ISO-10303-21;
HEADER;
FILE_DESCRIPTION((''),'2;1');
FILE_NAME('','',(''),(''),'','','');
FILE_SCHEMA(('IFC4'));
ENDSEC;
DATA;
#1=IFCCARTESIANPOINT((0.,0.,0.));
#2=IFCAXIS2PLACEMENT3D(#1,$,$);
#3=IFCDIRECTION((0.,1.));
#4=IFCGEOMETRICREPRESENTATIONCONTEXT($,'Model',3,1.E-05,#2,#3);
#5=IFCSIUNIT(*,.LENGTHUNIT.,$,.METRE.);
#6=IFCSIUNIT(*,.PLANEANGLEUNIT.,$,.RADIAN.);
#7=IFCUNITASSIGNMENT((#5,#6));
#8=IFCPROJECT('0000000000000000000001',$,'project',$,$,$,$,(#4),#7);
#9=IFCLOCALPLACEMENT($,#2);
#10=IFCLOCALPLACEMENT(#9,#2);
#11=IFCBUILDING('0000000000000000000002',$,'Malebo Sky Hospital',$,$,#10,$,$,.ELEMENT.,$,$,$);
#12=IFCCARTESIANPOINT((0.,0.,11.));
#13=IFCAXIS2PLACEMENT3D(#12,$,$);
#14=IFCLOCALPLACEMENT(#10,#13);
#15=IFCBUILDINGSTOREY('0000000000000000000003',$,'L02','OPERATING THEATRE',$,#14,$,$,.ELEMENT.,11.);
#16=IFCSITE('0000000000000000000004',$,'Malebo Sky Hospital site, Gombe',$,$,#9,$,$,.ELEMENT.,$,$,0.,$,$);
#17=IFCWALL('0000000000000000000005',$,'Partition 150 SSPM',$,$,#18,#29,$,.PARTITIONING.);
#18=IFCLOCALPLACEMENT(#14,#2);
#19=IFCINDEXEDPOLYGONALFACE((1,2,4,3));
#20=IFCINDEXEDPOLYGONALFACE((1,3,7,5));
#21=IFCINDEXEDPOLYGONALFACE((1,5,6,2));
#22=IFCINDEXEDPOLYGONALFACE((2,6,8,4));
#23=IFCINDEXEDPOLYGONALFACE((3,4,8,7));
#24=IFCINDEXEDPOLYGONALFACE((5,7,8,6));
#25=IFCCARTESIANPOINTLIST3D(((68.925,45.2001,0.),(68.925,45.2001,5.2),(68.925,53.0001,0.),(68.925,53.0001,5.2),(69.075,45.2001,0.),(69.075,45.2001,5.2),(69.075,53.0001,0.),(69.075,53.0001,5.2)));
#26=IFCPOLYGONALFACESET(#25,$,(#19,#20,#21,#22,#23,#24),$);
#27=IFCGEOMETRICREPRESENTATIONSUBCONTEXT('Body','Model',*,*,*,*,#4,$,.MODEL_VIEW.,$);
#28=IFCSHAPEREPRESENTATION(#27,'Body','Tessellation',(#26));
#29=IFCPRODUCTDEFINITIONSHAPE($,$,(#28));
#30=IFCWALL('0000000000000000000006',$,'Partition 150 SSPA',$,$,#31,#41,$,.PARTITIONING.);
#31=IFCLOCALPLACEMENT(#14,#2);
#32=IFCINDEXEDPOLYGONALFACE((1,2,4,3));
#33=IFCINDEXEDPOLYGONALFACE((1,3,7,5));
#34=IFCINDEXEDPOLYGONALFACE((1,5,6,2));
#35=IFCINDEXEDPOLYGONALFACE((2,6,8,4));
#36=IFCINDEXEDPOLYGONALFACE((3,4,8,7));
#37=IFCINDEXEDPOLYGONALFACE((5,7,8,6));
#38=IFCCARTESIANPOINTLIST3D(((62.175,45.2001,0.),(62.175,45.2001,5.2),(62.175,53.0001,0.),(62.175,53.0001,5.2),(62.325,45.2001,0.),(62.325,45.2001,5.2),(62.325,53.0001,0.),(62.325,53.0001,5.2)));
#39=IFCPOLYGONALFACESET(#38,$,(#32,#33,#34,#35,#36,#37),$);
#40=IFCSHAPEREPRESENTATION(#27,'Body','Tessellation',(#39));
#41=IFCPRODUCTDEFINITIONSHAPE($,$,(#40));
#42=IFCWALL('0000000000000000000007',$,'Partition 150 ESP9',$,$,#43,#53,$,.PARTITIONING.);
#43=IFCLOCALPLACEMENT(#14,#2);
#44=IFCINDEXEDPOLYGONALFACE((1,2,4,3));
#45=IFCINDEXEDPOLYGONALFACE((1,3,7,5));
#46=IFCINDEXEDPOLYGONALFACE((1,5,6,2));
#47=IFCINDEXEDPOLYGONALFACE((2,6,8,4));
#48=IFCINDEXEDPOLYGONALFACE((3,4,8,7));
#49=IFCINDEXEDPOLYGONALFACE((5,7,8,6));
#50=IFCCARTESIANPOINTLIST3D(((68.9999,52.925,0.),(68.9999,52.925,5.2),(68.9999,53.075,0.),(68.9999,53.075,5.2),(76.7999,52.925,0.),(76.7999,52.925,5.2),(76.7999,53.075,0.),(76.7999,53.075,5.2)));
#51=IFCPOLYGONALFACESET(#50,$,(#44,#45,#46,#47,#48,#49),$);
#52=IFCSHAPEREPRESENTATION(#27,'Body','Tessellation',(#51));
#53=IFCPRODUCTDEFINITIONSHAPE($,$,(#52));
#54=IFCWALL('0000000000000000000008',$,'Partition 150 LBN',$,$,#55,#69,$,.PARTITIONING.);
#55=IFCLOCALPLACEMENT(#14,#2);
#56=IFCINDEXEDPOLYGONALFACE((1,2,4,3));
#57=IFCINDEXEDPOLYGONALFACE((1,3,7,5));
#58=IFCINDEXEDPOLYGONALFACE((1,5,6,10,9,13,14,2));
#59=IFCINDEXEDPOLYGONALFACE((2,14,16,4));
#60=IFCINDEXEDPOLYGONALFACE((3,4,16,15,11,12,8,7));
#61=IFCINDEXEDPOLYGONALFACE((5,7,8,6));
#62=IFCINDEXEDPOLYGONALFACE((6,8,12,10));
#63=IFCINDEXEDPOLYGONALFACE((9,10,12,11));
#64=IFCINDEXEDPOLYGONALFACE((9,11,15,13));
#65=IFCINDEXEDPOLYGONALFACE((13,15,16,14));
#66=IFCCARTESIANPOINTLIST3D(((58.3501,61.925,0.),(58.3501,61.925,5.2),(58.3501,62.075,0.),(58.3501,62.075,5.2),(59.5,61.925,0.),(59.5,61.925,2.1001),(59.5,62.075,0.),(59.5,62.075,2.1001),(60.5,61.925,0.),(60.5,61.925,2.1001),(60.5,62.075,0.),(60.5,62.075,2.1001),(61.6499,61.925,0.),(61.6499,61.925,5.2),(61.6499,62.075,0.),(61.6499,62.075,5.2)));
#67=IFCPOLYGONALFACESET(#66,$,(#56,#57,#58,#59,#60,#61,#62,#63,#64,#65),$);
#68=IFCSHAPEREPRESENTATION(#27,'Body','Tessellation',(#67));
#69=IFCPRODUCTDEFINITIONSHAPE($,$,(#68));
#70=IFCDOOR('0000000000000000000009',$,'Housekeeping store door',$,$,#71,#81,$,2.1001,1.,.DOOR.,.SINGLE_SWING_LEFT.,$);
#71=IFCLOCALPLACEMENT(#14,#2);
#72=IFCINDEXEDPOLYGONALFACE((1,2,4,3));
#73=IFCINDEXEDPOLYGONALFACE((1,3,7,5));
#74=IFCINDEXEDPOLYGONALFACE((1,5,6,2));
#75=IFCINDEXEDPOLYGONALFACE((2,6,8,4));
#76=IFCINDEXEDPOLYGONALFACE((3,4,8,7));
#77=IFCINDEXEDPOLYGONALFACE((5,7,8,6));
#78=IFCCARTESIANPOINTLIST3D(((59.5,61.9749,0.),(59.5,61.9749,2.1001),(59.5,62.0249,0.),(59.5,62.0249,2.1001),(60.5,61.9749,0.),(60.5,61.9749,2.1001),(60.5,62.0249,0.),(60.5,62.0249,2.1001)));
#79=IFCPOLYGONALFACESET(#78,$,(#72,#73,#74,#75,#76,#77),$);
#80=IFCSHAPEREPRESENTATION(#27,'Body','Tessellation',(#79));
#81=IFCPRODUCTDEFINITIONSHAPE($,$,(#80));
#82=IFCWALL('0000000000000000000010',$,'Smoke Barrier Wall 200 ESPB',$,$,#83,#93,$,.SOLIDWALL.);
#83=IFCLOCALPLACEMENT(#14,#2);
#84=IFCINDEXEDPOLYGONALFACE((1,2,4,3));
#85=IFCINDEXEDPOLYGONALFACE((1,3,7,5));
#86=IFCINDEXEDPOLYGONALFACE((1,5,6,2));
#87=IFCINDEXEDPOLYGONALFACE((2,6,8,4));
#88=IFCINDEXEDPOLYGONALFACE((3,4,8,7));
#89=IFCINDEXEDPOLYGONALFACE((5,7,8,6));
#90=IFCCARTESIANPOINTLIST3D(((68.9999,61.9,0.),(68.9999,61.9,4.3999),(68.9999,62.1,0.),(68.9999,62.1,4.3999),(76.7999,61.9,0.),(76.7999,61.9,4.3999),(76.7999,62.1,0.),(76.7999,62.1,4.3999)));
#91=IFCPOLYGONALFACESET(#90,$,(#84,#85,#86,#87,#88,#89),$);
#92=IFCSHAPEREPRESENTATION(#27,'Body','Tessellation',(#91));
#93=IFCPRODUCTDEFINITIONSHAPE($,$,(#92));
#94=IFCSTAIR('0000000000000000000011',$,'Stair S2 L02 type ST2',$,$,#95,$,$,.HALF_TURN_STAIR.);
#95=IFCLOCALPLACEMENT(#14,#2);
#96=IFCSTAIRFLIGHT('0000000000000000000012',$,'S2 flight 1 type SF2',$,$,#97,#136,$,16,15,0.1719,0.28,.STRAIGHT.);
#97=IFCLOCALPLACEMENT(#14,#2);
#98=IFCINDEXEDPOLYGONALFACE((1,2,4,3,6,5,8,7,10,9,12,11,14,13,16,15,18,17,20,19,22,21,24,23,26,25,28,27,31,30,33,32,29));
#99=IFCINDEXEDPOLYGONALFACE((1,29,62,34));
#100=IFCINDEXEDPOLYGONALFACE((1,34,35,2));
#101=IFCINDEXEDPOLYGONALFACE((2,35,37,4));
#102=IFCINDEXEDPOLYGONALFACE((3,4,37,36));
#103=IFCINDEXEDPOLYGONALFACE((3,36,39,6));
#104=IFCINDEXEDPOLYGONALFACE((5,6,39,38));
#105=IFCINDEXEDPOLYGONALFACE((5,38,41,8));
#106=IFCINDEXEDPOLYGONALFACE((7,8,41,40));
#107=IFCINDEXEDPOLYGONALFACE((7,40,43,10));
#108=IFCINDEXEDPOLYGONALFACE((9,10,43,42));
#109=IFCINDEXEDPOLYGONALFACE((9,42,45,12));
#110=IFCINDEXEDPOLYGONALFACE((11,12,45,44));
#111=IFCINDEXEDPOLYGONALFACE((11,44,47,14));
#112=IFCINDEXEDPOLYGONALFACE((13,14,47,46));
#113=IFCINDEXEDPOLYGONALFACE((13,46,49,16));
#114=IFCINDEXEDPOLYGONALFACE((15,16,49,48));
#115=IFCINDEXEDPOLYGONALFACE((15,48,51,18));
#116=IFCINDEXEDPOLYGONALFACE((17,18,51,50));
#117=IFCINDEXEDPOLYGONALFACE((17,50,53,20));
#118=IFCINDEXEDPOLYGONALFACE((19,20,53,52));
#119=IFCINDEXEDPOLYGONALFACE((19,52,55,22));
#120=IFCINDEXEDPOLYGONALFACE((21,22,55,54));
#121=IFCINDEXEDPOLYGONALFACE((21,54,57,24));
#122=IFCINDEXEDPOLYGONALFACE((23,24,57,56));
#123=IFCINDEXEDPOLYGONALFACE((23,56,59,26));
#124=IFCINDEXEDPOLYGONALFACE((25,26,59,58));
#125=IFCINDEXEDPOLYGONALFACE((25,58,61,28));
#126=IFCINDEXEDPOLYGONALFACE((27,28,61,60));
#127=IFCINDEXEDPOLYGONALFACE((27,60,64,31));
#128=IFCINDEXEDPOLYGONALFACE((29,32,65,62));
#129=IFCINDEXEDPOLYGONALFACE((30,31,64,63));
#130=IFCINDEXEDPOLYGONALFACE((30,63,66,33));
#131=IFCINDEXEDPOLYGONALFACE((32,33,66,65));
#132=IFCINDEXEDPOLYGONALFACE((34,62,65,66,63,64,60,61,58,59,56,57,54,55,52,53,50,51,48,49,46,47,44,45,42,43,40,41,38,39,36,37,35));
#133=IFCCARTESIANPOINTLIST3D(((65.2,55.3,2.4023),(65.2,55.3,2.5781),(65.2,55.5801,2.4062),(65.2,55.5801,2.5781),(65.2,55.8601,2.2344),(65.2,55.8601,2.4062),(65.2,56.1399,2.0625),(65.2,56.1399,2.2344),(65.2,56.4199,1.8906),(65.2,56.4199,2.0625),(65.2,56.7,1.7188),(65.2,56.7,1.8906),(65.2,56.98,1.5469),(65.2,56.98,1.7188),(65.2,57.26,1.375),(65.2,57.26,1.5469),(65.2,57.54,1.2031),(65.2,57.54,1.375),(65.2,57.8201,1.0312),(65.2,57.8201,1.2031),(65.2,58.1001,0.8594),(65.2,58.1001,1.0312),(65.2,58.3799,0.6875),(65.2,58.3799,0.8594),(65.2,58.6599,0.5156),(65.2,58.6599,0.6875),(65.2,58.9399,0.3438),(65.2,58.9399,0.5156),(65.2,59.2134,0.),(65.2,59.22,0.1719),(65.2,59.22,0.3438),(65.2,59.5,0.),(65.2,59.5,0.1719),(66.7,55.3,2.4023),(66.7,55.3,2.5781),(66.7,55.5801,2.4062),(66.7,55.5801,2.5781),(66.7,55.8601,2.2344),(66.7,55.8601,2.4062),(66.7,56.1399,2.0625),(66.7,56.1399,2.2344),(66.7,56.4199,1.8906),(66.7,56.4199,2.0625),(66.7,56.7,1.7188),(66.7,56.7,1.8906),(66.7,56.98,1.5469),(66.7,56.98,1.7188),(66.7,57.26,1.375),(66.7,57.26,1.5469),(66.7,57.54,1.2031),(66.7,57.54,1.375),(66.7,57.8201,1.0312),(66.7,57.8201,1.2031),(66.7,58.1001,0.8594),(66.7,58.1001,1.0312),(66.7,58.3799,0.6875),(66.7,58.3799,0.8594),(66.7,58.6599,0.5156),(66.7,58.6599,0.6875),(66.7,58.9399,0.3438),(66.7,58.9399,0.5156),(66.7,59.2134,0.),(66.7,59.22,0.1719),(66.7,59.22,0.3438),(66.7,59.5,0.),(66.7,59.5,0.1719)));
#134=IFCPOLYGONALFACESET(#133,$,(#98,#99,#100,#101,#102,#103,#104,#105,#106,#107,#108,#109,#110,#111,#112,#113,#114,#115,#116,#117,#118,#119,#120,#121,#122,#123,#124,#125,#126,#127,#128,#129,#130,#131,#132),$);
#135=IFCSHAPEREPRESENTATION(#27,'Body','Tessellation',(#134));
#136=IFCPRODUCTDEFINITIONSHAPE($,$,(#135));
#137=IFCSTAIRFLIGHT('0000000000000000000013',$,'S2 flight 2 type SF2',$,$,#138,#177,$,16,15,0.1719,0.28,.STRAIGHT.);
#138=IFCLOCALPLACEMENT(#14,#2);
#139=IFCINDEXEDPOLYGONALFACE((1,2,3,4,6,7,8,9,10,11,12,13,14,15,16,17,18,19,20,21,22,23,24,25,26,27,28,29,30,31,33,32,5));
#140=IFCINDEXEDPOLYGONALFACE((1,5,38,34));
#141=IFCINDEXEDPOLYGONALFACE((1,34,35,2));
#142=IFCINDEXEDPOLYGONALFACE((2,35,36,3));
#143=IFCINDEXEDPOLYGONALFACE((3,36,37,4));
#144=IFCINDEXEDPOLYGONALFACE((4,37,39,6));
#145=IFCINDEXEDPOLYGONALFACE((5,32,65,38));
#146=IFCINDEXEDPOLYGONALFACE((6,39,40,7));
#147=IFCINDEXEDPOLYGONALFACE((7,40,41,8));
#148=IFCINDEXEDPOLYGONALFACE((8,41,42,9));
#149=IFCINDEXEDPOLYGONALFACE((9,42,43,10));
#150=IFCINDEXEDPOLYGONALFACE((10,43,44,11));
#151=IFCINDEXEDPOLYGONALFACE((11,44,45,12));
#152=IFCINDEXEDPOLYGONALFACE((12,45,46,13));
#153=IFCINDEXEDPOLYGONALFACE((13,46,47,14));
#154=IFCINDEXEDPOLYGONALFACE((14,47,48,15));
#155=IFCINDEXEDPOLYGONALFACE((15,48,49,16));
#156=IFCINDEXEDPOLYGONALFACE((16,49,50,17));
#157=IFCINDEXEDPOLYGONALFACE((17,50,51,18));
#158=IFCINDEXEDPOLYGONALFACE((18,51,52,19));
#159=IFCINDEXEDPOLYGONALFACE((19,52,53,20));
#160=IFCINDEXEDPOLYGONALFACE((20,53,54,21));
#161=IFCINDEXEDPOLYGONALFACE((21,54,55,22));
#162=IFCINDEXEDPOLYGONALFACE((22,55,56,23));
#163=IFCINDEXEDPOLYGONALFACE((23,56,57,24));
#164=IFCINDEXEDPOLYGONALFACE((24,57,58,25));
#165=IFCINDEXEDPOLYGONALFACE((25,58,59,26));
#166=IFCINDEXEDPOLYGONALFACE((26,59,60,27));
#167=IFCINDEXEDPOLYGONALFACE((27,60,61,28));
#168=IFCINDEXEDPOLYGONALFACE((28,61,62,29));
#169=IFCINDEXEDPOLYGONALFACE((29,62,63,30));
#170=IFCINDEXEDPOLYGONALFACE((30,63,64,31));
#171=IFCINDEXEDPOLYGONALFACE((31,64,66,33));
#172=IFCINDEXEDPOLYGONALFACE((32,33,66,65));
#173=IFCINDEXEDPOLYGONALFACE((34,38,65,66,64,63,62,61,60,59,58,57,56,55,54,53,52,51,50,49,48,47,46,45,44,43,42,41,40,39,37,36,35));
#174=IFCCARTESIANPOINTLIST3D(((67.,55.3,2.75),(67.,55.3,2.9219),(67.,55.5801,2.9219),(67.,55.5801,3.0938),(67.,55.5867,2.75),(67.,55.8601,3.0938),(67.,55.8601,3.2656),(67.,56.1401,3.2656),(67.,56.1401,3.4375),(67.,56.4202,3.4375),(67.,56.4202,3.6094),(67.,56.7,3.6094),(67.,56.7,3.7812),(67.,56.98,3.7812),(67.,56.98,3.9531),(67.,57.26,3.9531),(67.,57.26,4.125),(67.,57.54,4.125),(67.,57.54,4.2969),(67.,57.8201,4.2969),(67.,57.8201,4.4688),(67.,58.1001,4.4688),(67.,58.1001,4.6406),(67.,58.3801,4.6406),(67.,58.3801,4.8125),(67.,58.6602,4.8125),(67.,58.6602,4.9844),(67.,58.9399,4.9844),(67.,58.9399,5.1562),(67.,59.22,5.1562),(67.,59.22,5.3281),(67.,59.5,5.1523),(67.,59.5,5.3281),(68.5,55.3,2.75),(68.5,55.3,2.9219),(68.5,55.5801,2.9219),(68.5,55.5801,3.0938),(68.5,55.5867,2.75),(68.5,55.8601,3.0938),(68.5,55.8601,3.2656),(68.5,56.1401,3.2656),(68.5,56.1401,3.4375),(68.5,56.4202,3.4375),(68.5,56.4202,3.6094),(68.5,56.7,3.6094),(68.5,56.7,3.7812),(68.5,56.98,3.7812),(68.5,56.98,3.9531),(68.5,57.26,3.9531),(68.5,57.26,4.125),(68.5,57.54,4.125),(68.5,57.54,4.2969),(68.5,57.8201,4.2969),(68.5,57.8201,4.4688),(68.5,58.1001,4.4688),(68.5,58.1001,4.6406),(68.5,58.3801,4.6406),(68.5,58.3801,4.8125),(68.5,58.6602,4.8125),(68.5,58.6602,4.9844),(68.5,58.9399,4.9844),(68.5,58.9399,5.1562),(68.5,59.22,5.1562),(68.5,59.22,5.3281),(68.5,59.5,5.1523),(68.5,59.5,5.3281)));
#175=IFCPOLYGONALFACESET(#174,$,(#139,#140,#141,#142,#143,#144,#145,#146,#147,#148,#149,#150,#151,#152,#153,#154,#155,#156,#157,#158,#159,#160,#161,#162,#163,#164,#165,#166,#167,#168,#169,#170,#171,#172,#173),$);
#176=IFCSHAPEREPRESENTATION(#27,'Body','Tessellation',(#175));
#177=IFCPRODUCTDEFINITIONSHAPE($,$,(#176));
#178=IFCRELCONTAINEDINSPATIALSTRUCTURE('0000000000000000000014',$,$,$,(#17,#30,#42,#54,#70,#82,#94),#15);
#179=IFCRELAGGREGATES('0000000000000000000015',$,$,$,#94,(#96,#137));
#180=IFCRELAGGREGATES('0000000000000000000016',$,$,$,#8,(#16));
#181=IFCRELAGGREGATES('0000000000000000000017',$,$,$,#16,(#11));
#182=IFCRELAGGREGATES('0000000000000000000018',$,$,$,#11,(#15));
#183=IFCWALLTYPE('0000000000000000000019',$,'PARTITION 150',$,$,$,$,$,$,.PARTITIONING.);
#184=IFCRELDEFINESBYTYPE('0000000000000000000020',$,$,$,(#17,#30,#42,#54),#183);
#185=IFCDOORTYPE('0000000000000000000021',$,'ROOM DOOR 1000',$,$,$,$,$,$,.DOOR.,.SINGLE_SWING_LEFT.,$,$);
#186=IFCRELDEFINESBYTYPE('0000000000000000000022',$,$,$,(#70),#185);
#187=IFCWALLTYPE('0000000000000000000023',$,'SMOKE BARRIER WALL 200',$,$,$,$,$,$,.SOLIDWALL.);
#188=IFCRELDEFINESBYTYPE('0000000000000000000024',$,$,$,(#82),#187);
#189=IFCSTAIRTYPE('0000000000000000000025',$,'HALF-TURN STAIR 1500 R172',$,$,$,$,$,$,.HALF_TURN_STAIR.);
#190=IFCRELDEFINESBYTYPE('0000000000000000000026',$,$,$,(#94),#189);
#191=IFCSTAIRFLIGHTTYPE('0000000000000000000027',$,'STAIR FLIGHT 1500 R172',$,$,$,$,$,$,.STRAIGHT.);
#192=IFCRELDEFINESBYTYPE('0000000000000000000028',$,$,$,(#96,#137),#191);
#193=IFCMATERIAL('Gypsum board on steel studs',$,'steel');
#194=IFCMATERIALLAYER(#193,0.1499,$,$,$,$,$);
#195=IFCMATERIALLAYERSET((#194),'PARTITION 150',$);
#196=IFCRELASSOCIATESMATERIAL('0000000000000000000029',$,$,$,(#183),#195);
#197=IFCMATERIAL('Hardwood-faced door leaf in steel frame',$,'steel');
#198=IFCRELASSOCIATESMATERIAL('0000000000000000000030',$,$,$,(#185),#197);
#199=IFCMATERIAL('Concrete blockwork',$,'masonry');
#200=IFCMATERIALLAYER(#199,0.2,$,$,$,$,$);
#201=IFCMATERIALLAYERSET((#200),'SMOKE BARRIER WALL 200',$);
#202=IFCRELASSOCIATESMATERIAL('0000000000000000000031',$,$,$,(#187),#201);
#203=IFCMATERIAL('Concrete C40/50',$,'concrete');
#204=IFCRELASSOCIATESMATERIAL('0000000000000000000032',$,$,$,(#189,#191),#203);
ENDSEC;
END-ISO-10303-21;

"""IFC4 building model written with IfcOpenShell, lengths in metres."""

from ifc_helpers import new_model, si_unit, direction, frame, frame_2d, origin, place, context, subcontext, project, spatial, polyline, rectangle, outline, extrude, material, layer, layer_set, type_object, element, fill, aggregate, save


model = new_model("IFC4")

# Units and contexts
model_context = context("Model", 3, precision=1e-05, world=origin(), true_north=direction((0.0, 1.0)))
body_context = subcontext(model_context, "Body", "Model", "MODEL_VIEW")
ifc_project = project(units=[si_unit("LENGTHUNIT", "METRE"), si_unit("PLANEANGLEUNIT", "RADIAN")], contexts=[model_context])

# Site, building, storey
site_placement = place(None, origin())
site = spatial("IfcSite", under=ifc_project, at=site_placement, Name="Malebo Sky Hospital site, Gombe", CompositionType="ELEMENT", RefElevation=0.0)
building_placement = place(site_placement, origin())
building = spatial("IfcBuilding", under=site, at=building_placement, Name="Malebo Sky Hospital", CompositionType="ELEMENT")
storey_placement = place(building_placement, frame((0.0, 0.0, 11.0)))
storey = spatial("IfcBuildingStorey", under=building, at=storey_placement, Name="L02", Description="OPERATING THEATRE", CompositionType="ELEMENT", Elevation=11.0)

# Shared definitions
ifc_material_1 = material(Name="Hardwood-faced door leaf in steel frame", Category="steel")

# Walls
ifc_material_2 = material(Name="Gypsum board on steel studs", Category="steel")
ifc_layer_1 = layer(ifc_material_2, 0.1499)
ifc_layer_set_1 = layer_set([ifc_layer_1], Name="PARTITION 150")
wall_type_1 = type_object("IfcWallType", Name="PARTITION 150", PredefinedType="PARTITIONING", material=ifc_layer_set_1)
for number, where, z_axis, x_axis, name in (
    (1, (69.0, 53.0, 0.0), (0.0, 0.0, 1.0), (0.0, -1.0, 0.0), "Partition 150 SSPM"),
    (2, (62.25, 53.0, 0.0), (0.0, 0.0, 1.0), (0.0, -1.0, 0.0), "Partition 150 SSPA"),
    (3, (69.0, 53.0, 0.0), (0.0, 0.0, 1.0), (1.0, 0.0, 0.0), "Partition 150 ESP9"),
):
    element("IfcWall", number, at=place(storey_placement, frame(where, z_axis=z_axis, x_axis=x_axis)), inside=storey, type_object=wall_type_1, Name=name, PredefinedType="PARTITIONING", context=body_context, shape_type="SweptSolid", body=[
        extrude(rectangle(XDim=7.8, YDim=0.1499, at=frame_2d((3.8999, 0.0))), origin(), (0.0, 0.0, 1.0), 5.2),
    ])

# Wall, opening, door
wall_1_placement = place(storey_placement, frame((58.3501, 62.0, 0.0), z_axis=(0.0, 0.0, 1.0), x_axis=(1.0, 0.0, 0.0)))
wall_1 = element("IfcWall", 4, at=wall_1_placement, inside=storey, type_object=wall_type_1, Name="Partition 150 LBN", PredefinedType="PARTITIONING", context=body_context, shape_type="SweptSolid", body=[
    extrude(rectangle(XDim=3.2998, YDim=0.1499, at=frame_2d((1.6499, 0.0))), origin(), (0.0, 0.0, 1.0), 5.2),
])
opening_1_placement = place(wall_1_placement, frame((1.1499, 0.0, 0.0)))
opening_1 = element("IfcOpeningElement", 5, at=opening_1_placement, cuts=wall_1, PredefinedType="OPENING", context=body_context, shape_type="SweptSolid", body=[
    extrude(rectangle(XDim=1.0, YDim=2.1001, at=frame_2d((0.5, 1.05))), frame((0.0, 0.085, 0.0), z_axis=(0.0, -1.0, 0.0), x_axis=(1.0, 0.0, 0.0)), (0.0, 0.0, 1.0), 0.1699),
])
door_type_1 = type_object("IfcDoorType", Name="ROOM DOOR 1000", OperationType="SINGLE_SWING_LEFT", PredefinedType="DOOR", material=ifc_material_1)
door_1_placement = place(opening_1_placement, origin())
door_1 = element("IfcDoor", 6, at=door_1_placement, inside=storey, type_object=door_type_1, Name="Housekeeping store door", OperationType="SINGLE_SWING_LEFT", OverallHeight=2.1001, OverallWidth=1.0, PredefinedType="DOOR", context=body_context, shape_type="SweptSolid", body=[
    extrude(rectangle(XDim=1.0, YDim=2.1001, at=frame_2d((0.5, 1.05))), frame((0.0, 0.0249, 0.0), z_axis=(0.0, -1.0, 0.0), x_axis=(1.0, 0.0, 0.0)), (0.0, 0.0, 1.0), 0.05),
])
fill(opening_1, door_1)

# Wall
ifc_material_3 = material(Name="Concrete blockwork", Category="masonry")
ifc_layer_2 = layer(ifc_material_3, 0.2)
ifc_layer_set_2 = layer_set([ifc_layer_2], Name="SMOKE BARRIER WALL 200")
wall_type_2 = type_object("IfcWallType", Name="SMOKE BARRIER WALL 200", PredefinedType="SOLIDWALL", material=ifc_layer_set_2)
wall_2_placement = place(storey_placement, frame((69.0, 62.0, 0.0), z_axis=(0.0, 0.0, 1.0), x_axis=(1.0, 0.0, 0.0)))
element("IfcWall", 7, at=wall_2_placement, inside=storey, type_object=wall_type_2, Name="Smoke Barrier Wall 200 ESPB", PredefinedType="SOLIDWALL", context=body_context, shape_type="SweptSolid", body=[
    extrude(rectangle(XDim=7.8, YDim=0.2, at=frame_2d((3.8999, 0.0))), origin(), (0.0, 0.0, 1.0), 4.3999),
])

# Stair, stair flights
ifc_material_4 = material(Name="Concrete C40/50", Category="concrete")
stair_type = type_object("IfcStairType", Name="HALF-TURN STAIR 1500 R172", PredefinedType="HALF_TURN_STAIR", material=ifc_material_4)
stair_placement = place(storey_placement, origin())
stair = element("IfcStair", 8, at=stair_placement, inside=storey, type_object=stair_type, Name="Stair S2 L02 type ST2", PredefinedType="HALF_TURN_STAIR")
stair_flight_type = type_object("IfcStairFlightType", Name="STAIR FLIGHT 1500 R172", PredefinedType="STRAIGHT", material=ifc_material_4)
stair_flight_1_placement = place(storey_placement, frame((65.95, 59.5, 0.0), z_axis=(0.0, 0.0, 1.0), x_axis=(0.0, -1.0, 0.0)))
stair_flight_1 = element("IfcStairFlight", 9, at=stair_flight_1_placement, type_object=stair_flight_type, Name="S2 flight 1 type SF2", NumberOfRisers=16, NumberOfTreads=15, PredefinedType="STRAIGHT", RiserHeight=0.1719, TreadLength=0.28, context=body_context, shape_type="SweptSolid", body=[
    extrude(outline(polyline([(0.0, 0.0), (0.0, 0.1719), (0.28, 0.1719), (0.28, 0.3438), (0.5601, 0.3438), (0.5601, 0.5156), (0.8401, 0.5156), (0.8401, 0.6875), (1.1201, 0.6875), (1.1201, 0.8594), (1.3999, 0.8594), (1.3999, 1.0312), (1.6799, 1.0312), (1.6799, 1.2031), (1.96, 1.2031), (1.96, 1.375), (2.24, 1.375), (2.24, 1.5469), (2.52, 1.5469), (2.52, 1.7188), (2.8, 1.7188), (2.8, 1.8906), (3.0801, 1.8906), (3.0801, 2.0625), (3.3601, 2.0625), (3.3601, 2.2344), (3.6399, 2.2344), (3.6399, 2.4062), (3.9199, 2.4062), (3.9199, 2.5781), (4.2, 2.5781), (4.2, 2.75), (4.2, 2.4023), (0.2866, 0.0), (0.0, 0.0)])), frame((0.0, 0.75, 0.0), z_axis=(0.0, -1.0, 0.0), x_axis=(1.0, 0.0, 0.0)), (0.0, 0.0, 1.0), 1.5),
])
stair_flight_2_placement = place(storey_placement, frame((67.75, 55.3, 2.75), z_axis=(0.0, 0.0, 1.0), x_axis=(0.0, 1.0, 0.0)))
stair_flight_2 = element("IfcStairFlight", 10, at=stair_flight_2_placement, type_object=stair_flight_type, Name="S2 flight 2 type SF2", NumberOfRisers=16, NumberOfTreads=15, PredefinedType="STRAIGHT", RiserHeight=0.1719, TreadLength=0.28, context=body_context, shape_type="SweptSolid", body=[
    extrude(outline(polyline([(0.0, 0.0), (0.0, 0.1719), (0.28, 0.1719), (0.28, 0.3438), (0.5601, 0.3438), (0.5601, 0.5156), (0.8401, 0.5156), (0.8401, 0.6875), (1.1201, 0.6875), (1.1201, 0.8594), (1.3999, 0.8594), (1.3999, 1.0312), (1.6799, 1.0312), (1.6799, 1.2031), (1.96, 1.2031), (1.96, 1.375), (2.24, 1.375), (2.24, 1.5469), (2.52, 1.5469), (2.52, 1.7188), (2.8, 1.7188), (2.8, 1.8906), (3.0801, 1.8906), (3.0801, 2.0625), (3.3601, 2.0625), (3.3601, 2.2344), (3.6399, 2.2344), (3.6399, 2.4062), (3.9199, 2.4062), (3.9199, 2.5781), (4.2, 2.5781), (4.2, 2.75), (4.2, 2.4023), (0.2866, 0.0), (0.0, 0.0)])), frame((0.0, 0.75, 0.0), z_axis=(0.0, -1.0, 0.0), x_axis=(1.0, 0.0, 0.0)), (0.0, 0.0, 1.0), 1.5),
])
aggregate(stair, [stair_flight_1, stair_flight_2])

save(model, "model.ifc")
